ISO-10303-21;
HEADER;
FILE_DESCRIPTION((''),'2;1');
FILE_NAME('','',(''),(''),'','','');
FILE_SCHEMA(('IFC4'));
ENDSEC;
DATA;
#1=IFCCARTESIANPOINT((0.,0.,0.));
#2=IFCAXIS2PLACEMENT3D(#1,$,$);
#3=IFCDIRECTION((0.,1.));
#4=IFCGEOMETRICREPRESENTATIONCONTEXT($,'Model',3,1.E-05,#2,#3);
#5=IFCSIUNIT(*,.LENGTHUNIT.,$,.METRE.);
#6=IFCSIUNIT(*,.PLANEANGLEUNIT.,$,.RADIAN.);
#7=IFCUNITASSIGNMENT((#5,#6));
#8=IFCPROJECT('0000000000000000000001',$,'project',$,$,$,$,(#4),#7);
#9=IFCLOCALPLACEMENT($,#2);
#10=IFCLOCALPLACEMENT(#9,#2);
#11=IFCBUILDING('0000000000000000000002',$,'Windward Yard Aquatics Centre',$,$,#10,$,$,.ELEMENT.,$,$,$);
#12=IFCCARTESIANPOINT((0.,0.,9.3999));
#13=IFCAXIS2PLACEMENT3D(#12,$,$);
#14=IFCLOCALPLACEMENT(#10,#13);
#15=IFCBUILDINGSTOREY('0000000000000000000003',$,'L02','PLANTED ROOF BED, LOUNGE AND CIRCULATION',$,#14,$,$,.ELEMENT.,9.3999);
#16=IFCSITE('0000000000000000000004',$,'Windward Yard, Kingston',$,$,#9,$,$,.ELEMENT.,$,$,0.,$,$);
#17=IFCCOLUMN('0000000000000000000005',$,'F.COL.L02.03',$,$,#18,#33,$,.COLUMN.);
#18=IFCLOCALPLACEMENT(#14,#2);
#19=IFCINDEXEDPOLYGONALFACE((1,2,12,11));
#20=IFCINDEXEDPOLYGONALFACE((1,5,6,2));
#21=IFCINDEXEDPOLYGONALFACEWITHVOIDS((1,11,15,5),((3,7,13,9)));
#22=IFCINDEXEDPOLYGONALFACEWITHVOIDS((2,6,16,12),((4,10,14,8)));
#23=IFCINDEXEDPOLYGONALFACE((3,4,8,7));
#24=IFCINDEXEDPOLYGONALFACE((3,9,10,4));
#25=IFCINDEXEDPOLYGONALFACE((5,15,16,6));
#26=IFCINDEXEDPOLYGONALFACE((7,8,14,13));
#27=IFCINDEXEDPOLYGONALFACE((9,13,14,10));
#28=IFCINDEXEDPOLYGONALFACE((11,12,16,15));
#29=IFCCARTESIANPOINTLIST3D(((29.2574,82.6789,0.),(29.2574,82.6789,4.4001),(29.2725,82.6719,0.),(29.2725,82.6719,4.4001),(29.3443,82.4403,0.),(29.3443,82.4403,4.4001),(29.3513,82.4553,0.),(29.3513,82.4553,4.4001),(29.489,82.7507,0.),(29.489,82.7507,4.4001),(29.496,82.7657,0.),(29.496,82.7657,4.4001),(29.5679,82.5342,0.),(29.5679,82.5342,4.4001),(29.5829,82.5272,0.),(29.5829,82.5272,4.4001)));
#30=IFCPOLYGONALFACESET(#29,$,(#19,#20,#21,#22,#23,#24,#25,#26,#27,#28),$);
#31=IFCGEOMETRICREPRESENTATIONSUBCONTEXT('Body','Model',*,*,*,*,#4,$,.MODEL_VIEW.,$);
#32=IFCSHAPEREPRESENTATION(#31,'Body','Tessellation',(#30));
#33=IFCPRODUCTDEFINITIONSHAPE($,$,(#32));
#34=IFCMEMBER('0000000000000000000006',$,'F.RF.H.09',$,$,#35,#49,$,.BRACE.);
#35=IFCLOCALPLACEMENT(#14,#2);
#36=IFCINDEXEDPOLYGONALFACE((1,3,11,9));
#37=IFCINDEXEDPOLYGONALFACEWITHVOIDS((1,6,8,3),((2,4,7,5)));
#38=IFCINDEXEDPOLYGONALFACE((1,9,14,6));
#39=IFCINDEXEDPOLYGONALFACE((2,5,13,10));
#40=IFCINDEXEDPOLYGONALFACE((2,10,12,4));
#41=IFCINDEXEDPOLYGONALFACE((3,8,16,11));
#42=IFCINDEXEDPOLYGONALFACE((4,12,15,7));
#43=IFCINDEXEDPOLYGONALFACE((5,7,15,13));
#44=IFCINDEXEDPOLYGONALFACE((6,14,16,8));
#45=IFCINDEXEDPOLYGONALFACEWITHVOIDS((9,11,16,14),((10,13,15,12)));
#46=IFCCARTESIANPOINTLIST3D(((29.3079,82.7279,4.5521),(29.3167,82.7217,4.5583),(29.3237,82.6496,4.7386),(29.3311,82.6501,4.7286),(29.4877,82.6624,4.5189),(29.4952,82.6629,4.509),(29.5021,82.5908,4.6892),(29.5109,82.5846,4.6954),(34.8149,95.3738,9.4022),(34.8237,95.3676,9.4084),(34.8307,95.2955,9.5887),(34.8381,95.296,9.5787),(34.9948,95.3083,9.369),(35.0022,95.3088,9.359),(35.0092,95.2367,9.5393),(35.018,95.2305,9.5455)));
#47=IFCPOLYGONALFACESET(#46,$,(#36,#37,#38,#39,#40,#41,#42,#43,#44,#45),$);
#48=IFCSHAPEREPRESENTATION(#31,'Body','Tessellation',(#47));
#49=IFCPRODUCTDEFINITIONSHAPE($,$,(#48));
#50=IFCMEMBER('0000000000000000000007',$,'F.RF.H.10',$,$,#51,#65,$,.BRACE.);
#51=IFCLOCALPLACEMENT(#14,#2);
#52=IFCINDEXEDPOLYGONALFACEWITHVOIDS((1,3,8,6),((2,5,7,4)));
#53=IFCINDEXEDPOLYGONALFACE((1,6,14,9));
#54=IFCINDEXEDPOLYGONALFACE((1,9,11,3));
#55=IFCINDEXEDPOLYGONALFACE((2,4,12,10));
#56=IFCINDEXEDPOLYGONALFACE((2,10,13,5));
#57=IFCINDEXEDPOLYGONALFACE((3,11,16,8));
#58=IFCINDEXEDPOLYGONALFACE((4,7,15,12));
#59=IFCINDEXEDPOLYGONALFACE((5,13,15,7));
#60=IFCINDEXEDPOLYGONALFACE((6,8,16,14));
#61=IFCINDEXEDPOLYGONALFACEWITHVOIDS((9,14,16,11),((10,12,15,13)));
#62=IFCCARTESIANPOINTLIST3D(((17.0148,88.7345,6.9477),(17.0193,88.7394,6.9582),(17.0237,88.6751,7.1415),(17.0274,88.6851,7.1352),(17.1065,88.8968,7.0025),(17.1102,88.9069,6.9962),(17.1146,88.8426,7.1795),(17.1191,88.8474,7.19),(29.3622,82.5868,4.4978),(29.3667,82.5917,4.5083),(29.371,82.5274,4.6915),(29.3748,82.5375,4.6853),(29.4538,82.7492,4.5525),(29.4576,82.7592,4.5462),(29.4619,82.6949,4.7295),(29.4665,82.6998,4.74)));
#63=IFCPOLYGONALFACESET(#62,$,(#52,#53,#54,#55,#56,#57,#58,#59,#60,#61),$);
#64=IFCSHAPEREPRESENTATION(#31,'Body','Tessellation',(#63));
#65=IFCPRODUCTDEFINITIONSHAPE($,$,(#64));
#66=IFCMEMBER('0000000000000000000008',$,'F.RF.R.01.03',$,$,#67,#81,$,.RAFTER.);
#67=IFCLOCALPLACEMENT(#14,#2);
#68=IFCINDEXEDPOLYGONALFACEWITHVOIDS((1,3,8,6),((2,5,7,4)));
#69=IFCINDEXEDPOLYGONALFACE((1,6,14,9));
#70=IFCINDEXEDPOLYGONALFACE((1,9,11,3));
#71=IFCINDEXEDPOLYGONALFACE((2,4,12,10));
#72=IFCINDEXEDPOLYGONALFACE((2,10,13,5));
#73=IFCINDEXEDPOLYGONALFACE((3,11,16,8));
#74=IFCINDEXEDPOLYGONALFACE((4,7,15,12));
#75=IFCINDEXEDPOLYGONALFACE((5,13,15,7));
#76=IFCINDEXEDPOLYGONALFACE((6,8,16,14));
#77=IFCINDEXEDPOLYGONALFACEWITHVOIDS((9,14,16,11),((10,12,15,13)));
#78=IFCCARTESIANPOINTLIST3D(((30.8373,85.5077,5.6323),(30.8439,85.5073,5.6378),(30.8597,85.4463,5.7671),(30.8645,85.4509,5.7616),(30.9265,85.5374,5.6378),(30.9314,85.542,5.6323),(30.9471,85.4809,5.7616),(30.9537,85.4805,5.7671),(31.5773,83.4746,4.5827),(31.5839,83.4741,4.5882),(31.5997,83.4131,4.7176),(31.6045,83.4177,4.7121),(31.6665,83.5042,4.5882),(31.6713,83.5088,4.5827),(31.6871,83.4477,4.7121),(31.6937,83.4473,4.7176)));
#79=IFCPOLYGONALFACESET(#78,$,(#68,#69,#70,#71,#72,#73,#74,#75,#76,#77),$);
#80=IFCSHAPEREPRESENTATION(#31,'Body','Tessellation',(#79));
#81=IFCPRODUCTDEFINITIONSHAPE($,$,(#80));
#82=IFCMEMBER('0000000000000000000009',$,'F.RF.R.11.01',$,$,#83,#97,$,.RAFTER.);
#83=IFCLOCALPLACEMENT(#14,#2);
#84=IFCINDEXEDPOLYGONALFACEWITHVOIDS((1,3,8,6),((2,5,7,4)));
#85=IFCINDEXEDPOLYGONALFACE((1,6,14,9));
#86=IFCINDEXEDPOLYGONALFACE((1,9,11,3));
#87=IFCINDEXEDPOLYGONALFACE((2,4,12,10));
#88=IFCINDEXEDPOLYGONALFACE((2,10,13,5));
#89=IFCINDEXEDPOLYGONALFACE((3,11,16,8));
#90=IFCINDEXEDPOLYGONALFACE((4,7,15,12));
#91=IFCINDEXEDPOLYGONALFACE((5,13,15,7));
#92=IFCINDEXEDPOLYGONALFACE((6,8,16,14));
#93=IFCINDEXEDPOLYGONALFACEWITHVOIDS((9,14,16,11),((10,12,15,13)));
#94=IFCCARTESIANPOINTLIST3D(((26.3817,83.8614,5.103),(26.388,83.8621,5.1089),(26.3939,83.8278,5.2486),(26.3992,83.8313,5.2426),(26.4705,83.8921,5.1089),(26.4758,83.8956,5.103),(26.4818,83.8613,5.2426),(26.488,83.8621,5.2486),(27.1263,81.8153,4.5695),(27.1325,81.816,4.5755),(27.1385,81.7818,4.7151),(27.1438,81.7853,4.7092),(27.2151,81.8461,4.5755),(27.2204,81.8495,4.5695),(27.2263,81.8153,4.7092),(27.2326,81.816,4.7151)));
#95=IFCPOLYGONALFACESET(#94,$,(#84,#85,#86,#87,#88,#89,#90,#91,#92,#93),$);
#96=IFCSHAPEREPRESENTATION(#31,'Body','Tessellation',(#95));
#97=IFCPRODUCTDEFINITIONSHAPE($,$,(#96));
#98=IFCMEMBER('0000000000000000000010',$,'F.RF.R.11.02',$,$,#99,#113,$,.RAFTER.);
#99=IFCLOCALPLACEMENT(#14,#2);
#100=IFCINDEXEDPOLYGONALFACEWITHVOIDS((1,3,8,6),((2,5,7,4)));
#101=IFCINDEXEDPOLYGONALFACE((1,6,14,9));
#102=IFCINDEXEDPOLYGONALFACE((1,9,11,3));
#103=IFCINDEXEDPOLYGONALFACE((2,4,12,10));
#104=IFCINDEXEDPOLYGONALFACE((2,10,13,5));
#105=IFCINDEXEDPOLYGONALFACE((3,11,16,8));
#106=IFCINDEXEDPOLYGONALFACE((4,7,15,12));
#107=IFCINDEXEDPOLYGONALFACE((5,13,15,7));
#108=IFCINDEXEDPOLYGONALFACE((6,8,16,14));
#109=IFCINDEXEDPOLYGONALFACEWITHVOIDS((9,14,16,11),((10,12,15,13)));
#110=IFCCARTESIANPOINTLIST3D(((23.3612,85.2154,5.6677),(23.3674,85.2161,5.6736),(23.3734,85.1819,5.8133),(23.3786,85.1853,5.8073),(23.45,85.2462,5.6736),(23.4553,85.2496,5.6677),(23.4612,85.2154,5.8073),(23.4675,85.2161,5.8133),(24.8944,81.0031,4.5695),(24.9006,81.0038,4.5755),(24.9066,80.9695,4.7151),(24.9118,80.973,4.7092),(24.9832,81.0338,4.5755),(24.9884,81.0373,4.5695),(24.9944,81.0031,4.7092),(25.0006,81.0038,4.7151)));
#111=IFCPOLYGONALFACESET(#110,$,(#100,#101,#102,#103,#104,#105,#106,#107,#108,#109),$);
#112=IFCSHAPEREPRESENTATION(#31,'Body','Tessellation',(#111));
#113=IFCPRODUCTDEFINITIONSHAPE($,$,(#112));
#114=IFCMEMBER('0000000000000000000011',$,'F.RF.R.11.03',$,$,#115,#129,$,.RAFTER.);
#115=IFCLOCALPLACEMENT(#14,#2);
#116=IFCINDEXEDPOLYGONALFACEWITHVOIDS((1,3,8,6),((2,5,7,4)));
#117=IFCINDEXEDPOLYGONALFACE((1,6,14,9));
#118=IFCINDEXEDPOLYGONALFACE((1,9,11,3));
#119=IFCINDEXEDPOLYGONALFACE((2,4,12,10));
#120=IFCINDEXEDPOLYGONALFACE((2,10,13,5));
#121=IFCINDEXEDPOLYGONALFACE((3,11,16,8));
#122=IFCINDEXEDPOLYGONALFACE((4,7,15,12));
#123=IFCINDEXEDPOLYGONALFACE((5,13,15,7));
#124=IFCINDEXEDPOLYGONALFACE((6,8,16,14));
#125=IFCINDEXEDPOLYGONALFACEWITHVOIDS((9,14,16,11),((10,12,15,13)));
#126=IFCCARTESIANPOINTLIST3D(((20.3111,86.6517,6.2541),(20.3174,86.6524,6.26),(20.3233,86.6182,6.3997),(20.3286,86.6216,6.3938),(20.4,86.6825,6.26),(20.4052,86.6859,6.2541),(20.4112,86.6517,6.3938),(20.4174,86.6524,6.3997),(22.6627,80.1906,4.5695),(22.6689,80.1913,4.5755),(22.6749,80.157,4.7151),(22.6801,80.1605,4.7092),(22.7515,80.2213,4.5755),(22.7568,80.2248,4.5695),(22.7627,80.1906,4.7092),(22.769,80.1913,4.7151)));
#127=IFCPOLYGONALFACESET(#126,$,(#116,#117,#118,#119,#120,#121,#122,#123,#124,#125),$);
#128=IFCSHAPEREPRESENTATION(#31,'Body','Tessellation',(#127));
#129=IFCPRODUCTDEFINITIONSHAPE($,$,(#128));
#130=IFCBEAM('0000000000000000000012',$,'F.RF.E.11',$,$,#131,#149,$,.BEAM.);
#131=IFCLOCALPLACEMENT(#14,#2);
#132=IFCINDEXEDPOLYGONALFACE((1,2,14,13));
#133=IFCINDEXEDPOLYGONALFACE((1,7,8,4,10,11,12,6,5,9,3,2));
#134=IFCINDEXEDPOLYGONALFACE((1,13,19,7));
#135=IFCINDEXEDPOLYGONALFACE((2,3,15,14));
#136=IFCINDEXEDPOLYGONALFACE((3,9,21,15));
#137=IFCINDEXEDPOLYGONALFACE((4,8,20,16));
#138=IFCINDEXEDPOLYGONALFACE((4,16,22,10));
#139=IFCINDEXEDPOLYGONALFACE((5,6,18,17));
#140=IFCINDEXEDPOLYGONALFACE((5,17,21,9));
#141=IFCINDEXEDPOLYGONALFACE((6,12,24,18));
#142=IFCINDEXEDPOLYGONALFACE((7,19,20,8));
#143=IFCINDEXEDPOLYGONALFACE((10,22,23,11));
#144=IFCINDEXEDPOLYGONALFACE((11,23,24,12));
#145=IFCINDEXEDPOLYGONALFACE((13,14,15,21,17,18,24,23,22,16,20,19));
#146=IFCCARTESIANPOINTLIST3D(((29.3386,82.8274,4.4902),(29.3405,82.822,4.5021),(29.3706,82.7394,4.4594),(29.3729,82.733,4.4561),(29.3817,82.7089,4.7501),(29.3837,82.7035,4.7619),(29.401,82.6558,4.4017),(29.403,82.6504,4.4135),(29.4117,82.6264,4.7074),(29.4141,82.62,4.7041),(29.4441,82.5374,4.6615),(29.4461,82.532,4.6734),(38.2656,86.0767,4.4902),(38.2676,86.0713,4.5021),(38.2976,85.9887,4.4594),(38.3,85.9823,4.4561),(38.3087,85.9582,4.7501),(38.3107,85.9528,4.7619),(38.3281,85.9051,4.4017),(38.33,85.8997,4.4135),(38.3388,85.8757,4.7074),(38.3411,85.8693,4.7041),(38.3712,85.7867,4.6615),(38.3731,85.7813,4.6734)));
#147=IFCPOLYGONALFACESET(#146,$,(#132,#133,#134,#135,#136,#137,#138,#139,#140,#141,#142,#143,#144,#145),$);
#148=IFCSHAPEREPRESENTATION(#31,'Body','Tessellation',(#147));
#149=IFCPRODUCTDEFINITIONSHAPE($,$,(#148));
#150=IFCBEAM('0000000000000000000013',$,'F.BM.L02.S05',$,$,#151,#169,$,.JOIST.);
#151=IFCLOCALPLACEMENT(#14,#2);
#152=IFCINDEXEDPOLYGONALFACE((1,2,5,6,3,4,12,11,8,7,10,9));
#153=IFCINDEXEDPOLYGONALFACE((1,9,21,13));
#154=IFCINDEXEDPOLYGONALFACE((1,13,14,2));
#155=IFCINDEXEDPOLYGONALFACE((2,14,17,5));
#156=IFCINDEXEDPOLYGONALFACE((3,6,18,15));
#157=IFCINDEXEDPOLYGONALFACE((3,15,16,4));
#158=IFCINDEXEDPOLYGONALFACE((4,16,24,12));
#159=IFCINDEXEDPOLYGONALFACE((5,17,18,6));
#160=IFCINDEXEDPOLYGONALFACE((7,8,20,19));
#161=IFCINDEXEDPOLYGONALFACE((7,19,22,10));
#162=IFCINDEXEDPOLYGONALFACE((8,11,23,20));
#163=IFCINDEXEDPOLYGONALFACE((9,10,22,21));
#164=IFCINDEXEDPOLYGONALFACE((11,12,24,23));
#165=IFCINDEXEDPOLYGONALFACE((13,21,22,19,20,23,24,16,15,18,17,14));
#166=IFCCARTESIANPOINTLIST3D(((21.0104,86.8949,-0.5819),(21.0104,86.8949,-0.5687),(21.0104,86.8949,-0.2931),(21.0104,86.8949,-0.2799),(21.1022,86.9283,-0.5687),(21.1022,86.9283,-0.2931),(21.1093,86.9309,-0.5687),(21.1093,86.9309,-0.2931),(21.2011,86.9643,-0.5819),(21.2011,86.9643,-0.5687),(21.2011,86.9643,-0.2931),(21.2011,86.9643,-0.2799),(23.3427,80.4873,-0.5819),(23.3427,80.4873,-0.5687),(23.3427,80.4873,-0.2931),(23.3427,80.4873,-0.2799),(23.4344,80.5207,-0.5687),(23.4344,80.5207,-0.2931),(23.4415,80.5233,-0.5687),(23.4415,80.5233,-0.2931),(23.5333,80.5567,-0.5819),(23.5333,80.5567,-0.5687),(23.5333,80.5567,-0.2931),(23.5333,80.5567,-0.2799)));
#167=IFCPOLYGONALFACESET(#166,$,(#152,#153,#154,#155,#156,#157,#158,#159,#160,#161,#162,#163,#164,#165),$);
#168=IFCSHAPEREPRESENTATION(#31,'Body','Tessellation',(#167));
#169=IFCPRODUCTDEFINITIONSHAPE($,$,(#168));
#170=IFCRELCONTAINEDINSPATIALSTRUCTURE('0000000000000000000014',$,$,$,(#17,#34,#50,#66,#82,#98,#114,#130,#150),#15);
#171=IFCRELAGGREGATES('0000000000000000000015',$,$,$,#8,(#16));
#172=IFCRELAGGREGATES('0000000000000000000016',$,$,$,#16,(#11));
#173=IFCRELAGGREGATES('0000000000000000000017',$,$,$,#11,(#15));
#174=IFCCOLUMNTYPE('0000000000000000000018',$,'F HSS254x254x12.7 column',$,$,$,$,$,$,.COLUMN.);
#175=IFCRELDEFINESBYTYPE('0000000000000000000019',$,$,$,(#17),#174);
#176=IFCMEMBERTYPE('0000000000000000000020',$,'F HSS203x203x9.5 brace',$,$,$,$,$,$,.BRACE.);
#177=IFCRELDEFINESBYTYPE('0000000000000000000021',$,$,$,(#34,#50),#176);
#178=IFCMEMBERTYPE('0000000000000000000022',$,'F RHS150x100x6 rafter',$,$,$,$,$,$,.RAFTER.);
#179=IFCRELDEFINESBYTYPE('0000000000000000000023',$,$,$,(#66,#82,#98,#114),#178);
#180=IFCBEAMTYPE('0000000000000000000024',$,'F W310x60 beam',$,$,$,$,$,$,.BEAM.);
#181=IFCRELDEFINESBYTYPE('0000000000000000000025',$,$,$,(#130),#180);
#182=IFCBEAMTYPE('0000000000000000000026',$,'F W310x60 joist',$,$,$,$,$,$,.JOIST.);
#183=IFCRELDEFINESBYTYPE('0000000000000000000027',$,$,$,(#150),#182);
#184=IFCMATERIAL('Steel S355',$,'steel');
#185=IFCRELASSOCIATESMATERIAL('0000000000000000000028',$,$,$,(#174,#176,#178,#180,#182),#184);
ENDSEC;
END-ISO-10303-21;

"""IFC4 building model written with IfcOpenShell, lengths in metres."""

from ifc_helpers import new_model, si_unit, direction, frame, origin, origin_2d, place, context, subcontext, project, spatial, hollow_rectangle, i_section, extrude, material, material_profile, profile_set, type_object, element, save


model = new_model("IFC4")

# Units and contexts
model_context = context("Model", 3, precision=1e-05, world=origin(), true_north=direction((0.0, 1.0)))
body_context = subcontext(model_context, "Body", "Model", "MODEL_VIEW")
ifc_project = project(units=[si_unit("LENGTHUNIT", "METRE"), si_unit("PLANEANGLEUNIT", "RADIAN")], contexts=[model_context])

# Site, building, storey
site_placement = place(None, origin())
site = spatial("IfcSite", under=ifc_project, at=site_placement, Name="Windward Yard, Kingston", CompositionType="ELEMENT", RefElevation=0.0)
building_placement = place(site_placement, origin())
building = spatial("IfcBuilding", under=site, at=building_placement, Name="Windward Yard Aquatics Centre", CompositionType="ELEMENT")
storey_placement = place(building_placement, frame((0.0, 0.0, 9.3999)))
storey = spatial("IfcBuildingStorey", under=building, at=storey_placement, Name="L02", Description="PLANTED ROOF BED, LOUNGE AND CIRCULATION", CompositionType="ELEMENT", Elevation=9.3999)

# Column
ifc_material_1 = material(Name="Steel S355", Category="steel")
ifc_material_profile_1 = material_profile(ifc_material_1, hollow_rectangle(XDim=0.2539, YDim=0.2539, WallThickness=0.0117, at=origin_2d()), Name="HSS254x254x12.7")
ifc_profile_set_1 = profile_set([ifc_material_profile_1], Name="Steel S355")
column_type = type_object("IfcColumnType", Name="F HSS254x254x12.7 column", PredefinedType="COLUMN", material=ifc_profile_set_1)
column_placement = place(storey_placement, frame((29.4202, 82.603, 0.0), z_axis=(0.0, 0.0, 1.0), x_axis=(0.939693, 0.34202, 0.0)))
element("IfcColumn", 1, at=column_placement, inside=storey, type_object=column_type, Name="F.COL.L02.03", PredefinedType="COLUMN", context=body_context, shape_type="SweptSolid", body=[
    extrude(hollow_rectangle(XDim=0.2539, YDim=0.2539, WallThickness=0.0117, at=origin_2d()), origin(), (0.0, 0.0, 1.0), 4.4001),
])

# Members
ifc_material_profile_2 = material_profile(ifc_material_1, hollow_rectangle(XDim=0.2029, YDim=0.2029, WallThickness=0.0088, at=origin_2d()), Name="HSS203x203x9.5")
ifc_profile_set_2 = profile_set([ifc_material_profile_2], Name="Steel S355")
member_type_1 = type_object("IfcMemberType", Name="F HSS203x203x9.5 brace", PredefinedType="BRACE", material=ifc_profile_set_2)
member_1_placement = place(storey_placement, frame((29.4094, 82.6562, 4.6238), z_axis=(0.376656, 0.864922, 0.331722), x_axis=(-0.923087, 0.320397, 0.212733)))
element("IfcMember", 2, at=member_1_placement, inside=storey, type_object=member_type_1, Name="F.RF.H.09", PredefinedType="BRACE", context=body_context, shape_type="SweptSolid", body=[
    extrude(hollow_rectangle(XDim=0.2029, YDim=0.2029, WallThickness=0.0088, at=origin_2d()), origin(), (0.0, 0.0, 1.0), 14.6208),
])
member_2_placement = place(storey_placement, frame((29.4143, 82.6433, 4.6189), z_axis=(-0.881385, 0.438836, 0.174883), x_axis=(-0.470374, -0.849497, -0.238962)))
element("IfcMember", 3, at=member_2_placement, inside=storey, type_object=member_type_1, Name="F.RF.H.10", PredefinedType="BRACE", context=body_context, shape_type="SweptSolid", body=[
    extrude(hollow_rectangle(XDim=0.2029, YDim=0.2029, WallThickness=0.0088, at=origin_2d()), origin(), (0.0, 0.0, 1.0), 14.009),
])
ifc_material_profile_3 = material_profile(ifc_material_1, hollow_rectangle(XDim=0.1001, YDim=0.1499, WallThickness=0.0061, at=origin_2d()), Name="RHS150x100x6")
ifc_profile_set_3 = profile_set([ifc_material_profile_3], Name="Steel S355")
member_type_2 = type_object("IfcMemberType", Name="F RHS150x100x6 rafter", PredefinedType="RAFTER", material=ifc_profile_set_3)
member_3_placement = place(storey_placement, frame((31.6355, 83.4609, 4.6501), z_axis=(-0.307713, 0.845476, 0.436443), x_axis=(-0.939698, -0.342006, 0.0)))
element("IfcMember", 4, at=member_3_placement, inside=storey, type_object=member_type_2, Name="F.RF.R.01.03", PredefinedType="RAFTER", context=body_context, shape_type="SweptSolid", body=[
    extrude(hollow_rectangle(XDim=0.1001, YDim=0.1499, WallThickness=0.0061, at=origin_2d()), origin(), (0.0, 0.0, 1.0), 2.4048),
])
member_4_placement = place(storey_placement, frame((27.1794, 81.8157, 4.6423), z_axis=(-0.332154, 0.912717, 0.237953), x_axis=(-0.939708, -0.341977, 0.0)))
element("IfcMember", 5, at=member_4_placement, inside=storey, type_object=member_type_2, Name="F.RF.R.11.01", PredefinedType="RAFTER", context=body_context, shape_type="SweptSolid", body=[
    extrude(hollow_rectangle(XDim=0.1001, YDim=0.1499, WallThickness=0.0061, at=origin_2d()), origin(), (0.0, 0.0, 1.0), 2.2417),
])
member_5_placement = place(storey_placement, frame((24.9475, 81.0034, 4.6423), z_axis=(-0.3322, 0.912704, 0.237936), x_axis=(-0.939692, -0.342023, 0.0)))
element("IfcMember", 6, at=member_5_placement, inside=storey, type_object=member_type_2, Name="F.RF.R.11.02", PredefinedType="RAFTER", context=body_context, shape_type="SweptSolid", body=[
    extrude(hollow_rectangle(XDim=0.1001, YDim=0.1499, WallThickness=0.0061, at=origin_2d()), origin(), (0.0, 0.0, 1.0), 4.6152),
])
member_6_placement = place(storey_placement, frame((22.7158, 80.1909, 4.6423), z_axis=(-0.332181, 0.912705, 0.237962), x_axis=(-0.939698, -0.342005, 0.0)))
element("IfcMember", 7, at=member_6_placement, inside=storey, type_object=member_type_2, Name="F.RF.R.11.03", PredefinedType="RAFTER", context=body_context, shape_type="SweptSolid", body=[
    extrude(hollow_rectangle(XDim=0.1001, YDim=0.1499, WallThickness=0.0061, at=origin_2d()), origin(), (0.0, 0.0, 1.0), 7.0791),
])

# Beams
ifc_material_profile_4 = material_profile(ifc_material_1, i_section(OverallWidth=0.2029, OverallDepth=0.302, WebThickness=0.0076, FlangeThickness=0.0132, at=origin_2d()), Name="W310x60")
ifc_profile_set_4 = profile_set([ifc_material_profile_4], Name="Steel S355")
beam_type_1 = type_object("IfcBeamType", Name="F W310x60 beam", PredefinedType="BEAM", material=ifc_profile_set_4)
beam_1_placement = place(storey_placement, frame((29.3923, 82.6797, 4.5818), z_axis=(0.939689, 0.34203, 0.0), x_axis=(-0.307745, 0.845495, 0.436384)))
element("IfcBeam", 8, at=beam_1_placement, inside=storey, type_object=beam_type_1, Name="F.RF.E.11", PredefinedType="BEAM", context=body_context, shape_type="SweptSolid", body=[
    extrude(i_section(OverallWidth=0.2029, OverallDepth=0.302, WebThickness=0.0076, FlangeThickness=0.0132, at=origin_2d()), origin(), (0.0, 0.0, 1.0), 9.5),
])
ifc_material_profile_5 = material_profile(ifc_material_1, i_section(OverallWidth=0.2029, OverallDepth=0.302, WebThickness=0.0076, FlangeThickness=0.0132, at=origin_2d()), Name="W310x60")
ifc_profile_set_5 = profile_set([ifc_material_profile_5], Name="Steel S355")
beam_type_2 = type_object("IfcBeamType", Name="F W310x60 joist", PredefinedType="JOIST", material=ifc_profile_set_5)
for number, where, z_axis, x_axis, name in (
    (9, (23.438, 80.522, -0.4309), (-0.342028, 0.93969, 0.0), (-0.93969, -0.342028, 0.0), "F.BM.L02.S05"),
):
    element("IfcBeam", number, at=place(storey_placement, frame(where, z_axis=z_axis, x_axis=x_axis)), inside=storey, type_object=beam_type_2, Name=name, PredefinedType="JOIST", context=body_context, shape_type="SweptSolid", body=[
        extrude(i_section(OverallWidth=0.2029, OverallDepth=0.302, WebThickness=0.0076, FlangeThickness=0.0132, at=origin_2d()), origin(), (0.0, 0.0, 1.0), 6.8188),
    ])

save(model, "model.ifc")
